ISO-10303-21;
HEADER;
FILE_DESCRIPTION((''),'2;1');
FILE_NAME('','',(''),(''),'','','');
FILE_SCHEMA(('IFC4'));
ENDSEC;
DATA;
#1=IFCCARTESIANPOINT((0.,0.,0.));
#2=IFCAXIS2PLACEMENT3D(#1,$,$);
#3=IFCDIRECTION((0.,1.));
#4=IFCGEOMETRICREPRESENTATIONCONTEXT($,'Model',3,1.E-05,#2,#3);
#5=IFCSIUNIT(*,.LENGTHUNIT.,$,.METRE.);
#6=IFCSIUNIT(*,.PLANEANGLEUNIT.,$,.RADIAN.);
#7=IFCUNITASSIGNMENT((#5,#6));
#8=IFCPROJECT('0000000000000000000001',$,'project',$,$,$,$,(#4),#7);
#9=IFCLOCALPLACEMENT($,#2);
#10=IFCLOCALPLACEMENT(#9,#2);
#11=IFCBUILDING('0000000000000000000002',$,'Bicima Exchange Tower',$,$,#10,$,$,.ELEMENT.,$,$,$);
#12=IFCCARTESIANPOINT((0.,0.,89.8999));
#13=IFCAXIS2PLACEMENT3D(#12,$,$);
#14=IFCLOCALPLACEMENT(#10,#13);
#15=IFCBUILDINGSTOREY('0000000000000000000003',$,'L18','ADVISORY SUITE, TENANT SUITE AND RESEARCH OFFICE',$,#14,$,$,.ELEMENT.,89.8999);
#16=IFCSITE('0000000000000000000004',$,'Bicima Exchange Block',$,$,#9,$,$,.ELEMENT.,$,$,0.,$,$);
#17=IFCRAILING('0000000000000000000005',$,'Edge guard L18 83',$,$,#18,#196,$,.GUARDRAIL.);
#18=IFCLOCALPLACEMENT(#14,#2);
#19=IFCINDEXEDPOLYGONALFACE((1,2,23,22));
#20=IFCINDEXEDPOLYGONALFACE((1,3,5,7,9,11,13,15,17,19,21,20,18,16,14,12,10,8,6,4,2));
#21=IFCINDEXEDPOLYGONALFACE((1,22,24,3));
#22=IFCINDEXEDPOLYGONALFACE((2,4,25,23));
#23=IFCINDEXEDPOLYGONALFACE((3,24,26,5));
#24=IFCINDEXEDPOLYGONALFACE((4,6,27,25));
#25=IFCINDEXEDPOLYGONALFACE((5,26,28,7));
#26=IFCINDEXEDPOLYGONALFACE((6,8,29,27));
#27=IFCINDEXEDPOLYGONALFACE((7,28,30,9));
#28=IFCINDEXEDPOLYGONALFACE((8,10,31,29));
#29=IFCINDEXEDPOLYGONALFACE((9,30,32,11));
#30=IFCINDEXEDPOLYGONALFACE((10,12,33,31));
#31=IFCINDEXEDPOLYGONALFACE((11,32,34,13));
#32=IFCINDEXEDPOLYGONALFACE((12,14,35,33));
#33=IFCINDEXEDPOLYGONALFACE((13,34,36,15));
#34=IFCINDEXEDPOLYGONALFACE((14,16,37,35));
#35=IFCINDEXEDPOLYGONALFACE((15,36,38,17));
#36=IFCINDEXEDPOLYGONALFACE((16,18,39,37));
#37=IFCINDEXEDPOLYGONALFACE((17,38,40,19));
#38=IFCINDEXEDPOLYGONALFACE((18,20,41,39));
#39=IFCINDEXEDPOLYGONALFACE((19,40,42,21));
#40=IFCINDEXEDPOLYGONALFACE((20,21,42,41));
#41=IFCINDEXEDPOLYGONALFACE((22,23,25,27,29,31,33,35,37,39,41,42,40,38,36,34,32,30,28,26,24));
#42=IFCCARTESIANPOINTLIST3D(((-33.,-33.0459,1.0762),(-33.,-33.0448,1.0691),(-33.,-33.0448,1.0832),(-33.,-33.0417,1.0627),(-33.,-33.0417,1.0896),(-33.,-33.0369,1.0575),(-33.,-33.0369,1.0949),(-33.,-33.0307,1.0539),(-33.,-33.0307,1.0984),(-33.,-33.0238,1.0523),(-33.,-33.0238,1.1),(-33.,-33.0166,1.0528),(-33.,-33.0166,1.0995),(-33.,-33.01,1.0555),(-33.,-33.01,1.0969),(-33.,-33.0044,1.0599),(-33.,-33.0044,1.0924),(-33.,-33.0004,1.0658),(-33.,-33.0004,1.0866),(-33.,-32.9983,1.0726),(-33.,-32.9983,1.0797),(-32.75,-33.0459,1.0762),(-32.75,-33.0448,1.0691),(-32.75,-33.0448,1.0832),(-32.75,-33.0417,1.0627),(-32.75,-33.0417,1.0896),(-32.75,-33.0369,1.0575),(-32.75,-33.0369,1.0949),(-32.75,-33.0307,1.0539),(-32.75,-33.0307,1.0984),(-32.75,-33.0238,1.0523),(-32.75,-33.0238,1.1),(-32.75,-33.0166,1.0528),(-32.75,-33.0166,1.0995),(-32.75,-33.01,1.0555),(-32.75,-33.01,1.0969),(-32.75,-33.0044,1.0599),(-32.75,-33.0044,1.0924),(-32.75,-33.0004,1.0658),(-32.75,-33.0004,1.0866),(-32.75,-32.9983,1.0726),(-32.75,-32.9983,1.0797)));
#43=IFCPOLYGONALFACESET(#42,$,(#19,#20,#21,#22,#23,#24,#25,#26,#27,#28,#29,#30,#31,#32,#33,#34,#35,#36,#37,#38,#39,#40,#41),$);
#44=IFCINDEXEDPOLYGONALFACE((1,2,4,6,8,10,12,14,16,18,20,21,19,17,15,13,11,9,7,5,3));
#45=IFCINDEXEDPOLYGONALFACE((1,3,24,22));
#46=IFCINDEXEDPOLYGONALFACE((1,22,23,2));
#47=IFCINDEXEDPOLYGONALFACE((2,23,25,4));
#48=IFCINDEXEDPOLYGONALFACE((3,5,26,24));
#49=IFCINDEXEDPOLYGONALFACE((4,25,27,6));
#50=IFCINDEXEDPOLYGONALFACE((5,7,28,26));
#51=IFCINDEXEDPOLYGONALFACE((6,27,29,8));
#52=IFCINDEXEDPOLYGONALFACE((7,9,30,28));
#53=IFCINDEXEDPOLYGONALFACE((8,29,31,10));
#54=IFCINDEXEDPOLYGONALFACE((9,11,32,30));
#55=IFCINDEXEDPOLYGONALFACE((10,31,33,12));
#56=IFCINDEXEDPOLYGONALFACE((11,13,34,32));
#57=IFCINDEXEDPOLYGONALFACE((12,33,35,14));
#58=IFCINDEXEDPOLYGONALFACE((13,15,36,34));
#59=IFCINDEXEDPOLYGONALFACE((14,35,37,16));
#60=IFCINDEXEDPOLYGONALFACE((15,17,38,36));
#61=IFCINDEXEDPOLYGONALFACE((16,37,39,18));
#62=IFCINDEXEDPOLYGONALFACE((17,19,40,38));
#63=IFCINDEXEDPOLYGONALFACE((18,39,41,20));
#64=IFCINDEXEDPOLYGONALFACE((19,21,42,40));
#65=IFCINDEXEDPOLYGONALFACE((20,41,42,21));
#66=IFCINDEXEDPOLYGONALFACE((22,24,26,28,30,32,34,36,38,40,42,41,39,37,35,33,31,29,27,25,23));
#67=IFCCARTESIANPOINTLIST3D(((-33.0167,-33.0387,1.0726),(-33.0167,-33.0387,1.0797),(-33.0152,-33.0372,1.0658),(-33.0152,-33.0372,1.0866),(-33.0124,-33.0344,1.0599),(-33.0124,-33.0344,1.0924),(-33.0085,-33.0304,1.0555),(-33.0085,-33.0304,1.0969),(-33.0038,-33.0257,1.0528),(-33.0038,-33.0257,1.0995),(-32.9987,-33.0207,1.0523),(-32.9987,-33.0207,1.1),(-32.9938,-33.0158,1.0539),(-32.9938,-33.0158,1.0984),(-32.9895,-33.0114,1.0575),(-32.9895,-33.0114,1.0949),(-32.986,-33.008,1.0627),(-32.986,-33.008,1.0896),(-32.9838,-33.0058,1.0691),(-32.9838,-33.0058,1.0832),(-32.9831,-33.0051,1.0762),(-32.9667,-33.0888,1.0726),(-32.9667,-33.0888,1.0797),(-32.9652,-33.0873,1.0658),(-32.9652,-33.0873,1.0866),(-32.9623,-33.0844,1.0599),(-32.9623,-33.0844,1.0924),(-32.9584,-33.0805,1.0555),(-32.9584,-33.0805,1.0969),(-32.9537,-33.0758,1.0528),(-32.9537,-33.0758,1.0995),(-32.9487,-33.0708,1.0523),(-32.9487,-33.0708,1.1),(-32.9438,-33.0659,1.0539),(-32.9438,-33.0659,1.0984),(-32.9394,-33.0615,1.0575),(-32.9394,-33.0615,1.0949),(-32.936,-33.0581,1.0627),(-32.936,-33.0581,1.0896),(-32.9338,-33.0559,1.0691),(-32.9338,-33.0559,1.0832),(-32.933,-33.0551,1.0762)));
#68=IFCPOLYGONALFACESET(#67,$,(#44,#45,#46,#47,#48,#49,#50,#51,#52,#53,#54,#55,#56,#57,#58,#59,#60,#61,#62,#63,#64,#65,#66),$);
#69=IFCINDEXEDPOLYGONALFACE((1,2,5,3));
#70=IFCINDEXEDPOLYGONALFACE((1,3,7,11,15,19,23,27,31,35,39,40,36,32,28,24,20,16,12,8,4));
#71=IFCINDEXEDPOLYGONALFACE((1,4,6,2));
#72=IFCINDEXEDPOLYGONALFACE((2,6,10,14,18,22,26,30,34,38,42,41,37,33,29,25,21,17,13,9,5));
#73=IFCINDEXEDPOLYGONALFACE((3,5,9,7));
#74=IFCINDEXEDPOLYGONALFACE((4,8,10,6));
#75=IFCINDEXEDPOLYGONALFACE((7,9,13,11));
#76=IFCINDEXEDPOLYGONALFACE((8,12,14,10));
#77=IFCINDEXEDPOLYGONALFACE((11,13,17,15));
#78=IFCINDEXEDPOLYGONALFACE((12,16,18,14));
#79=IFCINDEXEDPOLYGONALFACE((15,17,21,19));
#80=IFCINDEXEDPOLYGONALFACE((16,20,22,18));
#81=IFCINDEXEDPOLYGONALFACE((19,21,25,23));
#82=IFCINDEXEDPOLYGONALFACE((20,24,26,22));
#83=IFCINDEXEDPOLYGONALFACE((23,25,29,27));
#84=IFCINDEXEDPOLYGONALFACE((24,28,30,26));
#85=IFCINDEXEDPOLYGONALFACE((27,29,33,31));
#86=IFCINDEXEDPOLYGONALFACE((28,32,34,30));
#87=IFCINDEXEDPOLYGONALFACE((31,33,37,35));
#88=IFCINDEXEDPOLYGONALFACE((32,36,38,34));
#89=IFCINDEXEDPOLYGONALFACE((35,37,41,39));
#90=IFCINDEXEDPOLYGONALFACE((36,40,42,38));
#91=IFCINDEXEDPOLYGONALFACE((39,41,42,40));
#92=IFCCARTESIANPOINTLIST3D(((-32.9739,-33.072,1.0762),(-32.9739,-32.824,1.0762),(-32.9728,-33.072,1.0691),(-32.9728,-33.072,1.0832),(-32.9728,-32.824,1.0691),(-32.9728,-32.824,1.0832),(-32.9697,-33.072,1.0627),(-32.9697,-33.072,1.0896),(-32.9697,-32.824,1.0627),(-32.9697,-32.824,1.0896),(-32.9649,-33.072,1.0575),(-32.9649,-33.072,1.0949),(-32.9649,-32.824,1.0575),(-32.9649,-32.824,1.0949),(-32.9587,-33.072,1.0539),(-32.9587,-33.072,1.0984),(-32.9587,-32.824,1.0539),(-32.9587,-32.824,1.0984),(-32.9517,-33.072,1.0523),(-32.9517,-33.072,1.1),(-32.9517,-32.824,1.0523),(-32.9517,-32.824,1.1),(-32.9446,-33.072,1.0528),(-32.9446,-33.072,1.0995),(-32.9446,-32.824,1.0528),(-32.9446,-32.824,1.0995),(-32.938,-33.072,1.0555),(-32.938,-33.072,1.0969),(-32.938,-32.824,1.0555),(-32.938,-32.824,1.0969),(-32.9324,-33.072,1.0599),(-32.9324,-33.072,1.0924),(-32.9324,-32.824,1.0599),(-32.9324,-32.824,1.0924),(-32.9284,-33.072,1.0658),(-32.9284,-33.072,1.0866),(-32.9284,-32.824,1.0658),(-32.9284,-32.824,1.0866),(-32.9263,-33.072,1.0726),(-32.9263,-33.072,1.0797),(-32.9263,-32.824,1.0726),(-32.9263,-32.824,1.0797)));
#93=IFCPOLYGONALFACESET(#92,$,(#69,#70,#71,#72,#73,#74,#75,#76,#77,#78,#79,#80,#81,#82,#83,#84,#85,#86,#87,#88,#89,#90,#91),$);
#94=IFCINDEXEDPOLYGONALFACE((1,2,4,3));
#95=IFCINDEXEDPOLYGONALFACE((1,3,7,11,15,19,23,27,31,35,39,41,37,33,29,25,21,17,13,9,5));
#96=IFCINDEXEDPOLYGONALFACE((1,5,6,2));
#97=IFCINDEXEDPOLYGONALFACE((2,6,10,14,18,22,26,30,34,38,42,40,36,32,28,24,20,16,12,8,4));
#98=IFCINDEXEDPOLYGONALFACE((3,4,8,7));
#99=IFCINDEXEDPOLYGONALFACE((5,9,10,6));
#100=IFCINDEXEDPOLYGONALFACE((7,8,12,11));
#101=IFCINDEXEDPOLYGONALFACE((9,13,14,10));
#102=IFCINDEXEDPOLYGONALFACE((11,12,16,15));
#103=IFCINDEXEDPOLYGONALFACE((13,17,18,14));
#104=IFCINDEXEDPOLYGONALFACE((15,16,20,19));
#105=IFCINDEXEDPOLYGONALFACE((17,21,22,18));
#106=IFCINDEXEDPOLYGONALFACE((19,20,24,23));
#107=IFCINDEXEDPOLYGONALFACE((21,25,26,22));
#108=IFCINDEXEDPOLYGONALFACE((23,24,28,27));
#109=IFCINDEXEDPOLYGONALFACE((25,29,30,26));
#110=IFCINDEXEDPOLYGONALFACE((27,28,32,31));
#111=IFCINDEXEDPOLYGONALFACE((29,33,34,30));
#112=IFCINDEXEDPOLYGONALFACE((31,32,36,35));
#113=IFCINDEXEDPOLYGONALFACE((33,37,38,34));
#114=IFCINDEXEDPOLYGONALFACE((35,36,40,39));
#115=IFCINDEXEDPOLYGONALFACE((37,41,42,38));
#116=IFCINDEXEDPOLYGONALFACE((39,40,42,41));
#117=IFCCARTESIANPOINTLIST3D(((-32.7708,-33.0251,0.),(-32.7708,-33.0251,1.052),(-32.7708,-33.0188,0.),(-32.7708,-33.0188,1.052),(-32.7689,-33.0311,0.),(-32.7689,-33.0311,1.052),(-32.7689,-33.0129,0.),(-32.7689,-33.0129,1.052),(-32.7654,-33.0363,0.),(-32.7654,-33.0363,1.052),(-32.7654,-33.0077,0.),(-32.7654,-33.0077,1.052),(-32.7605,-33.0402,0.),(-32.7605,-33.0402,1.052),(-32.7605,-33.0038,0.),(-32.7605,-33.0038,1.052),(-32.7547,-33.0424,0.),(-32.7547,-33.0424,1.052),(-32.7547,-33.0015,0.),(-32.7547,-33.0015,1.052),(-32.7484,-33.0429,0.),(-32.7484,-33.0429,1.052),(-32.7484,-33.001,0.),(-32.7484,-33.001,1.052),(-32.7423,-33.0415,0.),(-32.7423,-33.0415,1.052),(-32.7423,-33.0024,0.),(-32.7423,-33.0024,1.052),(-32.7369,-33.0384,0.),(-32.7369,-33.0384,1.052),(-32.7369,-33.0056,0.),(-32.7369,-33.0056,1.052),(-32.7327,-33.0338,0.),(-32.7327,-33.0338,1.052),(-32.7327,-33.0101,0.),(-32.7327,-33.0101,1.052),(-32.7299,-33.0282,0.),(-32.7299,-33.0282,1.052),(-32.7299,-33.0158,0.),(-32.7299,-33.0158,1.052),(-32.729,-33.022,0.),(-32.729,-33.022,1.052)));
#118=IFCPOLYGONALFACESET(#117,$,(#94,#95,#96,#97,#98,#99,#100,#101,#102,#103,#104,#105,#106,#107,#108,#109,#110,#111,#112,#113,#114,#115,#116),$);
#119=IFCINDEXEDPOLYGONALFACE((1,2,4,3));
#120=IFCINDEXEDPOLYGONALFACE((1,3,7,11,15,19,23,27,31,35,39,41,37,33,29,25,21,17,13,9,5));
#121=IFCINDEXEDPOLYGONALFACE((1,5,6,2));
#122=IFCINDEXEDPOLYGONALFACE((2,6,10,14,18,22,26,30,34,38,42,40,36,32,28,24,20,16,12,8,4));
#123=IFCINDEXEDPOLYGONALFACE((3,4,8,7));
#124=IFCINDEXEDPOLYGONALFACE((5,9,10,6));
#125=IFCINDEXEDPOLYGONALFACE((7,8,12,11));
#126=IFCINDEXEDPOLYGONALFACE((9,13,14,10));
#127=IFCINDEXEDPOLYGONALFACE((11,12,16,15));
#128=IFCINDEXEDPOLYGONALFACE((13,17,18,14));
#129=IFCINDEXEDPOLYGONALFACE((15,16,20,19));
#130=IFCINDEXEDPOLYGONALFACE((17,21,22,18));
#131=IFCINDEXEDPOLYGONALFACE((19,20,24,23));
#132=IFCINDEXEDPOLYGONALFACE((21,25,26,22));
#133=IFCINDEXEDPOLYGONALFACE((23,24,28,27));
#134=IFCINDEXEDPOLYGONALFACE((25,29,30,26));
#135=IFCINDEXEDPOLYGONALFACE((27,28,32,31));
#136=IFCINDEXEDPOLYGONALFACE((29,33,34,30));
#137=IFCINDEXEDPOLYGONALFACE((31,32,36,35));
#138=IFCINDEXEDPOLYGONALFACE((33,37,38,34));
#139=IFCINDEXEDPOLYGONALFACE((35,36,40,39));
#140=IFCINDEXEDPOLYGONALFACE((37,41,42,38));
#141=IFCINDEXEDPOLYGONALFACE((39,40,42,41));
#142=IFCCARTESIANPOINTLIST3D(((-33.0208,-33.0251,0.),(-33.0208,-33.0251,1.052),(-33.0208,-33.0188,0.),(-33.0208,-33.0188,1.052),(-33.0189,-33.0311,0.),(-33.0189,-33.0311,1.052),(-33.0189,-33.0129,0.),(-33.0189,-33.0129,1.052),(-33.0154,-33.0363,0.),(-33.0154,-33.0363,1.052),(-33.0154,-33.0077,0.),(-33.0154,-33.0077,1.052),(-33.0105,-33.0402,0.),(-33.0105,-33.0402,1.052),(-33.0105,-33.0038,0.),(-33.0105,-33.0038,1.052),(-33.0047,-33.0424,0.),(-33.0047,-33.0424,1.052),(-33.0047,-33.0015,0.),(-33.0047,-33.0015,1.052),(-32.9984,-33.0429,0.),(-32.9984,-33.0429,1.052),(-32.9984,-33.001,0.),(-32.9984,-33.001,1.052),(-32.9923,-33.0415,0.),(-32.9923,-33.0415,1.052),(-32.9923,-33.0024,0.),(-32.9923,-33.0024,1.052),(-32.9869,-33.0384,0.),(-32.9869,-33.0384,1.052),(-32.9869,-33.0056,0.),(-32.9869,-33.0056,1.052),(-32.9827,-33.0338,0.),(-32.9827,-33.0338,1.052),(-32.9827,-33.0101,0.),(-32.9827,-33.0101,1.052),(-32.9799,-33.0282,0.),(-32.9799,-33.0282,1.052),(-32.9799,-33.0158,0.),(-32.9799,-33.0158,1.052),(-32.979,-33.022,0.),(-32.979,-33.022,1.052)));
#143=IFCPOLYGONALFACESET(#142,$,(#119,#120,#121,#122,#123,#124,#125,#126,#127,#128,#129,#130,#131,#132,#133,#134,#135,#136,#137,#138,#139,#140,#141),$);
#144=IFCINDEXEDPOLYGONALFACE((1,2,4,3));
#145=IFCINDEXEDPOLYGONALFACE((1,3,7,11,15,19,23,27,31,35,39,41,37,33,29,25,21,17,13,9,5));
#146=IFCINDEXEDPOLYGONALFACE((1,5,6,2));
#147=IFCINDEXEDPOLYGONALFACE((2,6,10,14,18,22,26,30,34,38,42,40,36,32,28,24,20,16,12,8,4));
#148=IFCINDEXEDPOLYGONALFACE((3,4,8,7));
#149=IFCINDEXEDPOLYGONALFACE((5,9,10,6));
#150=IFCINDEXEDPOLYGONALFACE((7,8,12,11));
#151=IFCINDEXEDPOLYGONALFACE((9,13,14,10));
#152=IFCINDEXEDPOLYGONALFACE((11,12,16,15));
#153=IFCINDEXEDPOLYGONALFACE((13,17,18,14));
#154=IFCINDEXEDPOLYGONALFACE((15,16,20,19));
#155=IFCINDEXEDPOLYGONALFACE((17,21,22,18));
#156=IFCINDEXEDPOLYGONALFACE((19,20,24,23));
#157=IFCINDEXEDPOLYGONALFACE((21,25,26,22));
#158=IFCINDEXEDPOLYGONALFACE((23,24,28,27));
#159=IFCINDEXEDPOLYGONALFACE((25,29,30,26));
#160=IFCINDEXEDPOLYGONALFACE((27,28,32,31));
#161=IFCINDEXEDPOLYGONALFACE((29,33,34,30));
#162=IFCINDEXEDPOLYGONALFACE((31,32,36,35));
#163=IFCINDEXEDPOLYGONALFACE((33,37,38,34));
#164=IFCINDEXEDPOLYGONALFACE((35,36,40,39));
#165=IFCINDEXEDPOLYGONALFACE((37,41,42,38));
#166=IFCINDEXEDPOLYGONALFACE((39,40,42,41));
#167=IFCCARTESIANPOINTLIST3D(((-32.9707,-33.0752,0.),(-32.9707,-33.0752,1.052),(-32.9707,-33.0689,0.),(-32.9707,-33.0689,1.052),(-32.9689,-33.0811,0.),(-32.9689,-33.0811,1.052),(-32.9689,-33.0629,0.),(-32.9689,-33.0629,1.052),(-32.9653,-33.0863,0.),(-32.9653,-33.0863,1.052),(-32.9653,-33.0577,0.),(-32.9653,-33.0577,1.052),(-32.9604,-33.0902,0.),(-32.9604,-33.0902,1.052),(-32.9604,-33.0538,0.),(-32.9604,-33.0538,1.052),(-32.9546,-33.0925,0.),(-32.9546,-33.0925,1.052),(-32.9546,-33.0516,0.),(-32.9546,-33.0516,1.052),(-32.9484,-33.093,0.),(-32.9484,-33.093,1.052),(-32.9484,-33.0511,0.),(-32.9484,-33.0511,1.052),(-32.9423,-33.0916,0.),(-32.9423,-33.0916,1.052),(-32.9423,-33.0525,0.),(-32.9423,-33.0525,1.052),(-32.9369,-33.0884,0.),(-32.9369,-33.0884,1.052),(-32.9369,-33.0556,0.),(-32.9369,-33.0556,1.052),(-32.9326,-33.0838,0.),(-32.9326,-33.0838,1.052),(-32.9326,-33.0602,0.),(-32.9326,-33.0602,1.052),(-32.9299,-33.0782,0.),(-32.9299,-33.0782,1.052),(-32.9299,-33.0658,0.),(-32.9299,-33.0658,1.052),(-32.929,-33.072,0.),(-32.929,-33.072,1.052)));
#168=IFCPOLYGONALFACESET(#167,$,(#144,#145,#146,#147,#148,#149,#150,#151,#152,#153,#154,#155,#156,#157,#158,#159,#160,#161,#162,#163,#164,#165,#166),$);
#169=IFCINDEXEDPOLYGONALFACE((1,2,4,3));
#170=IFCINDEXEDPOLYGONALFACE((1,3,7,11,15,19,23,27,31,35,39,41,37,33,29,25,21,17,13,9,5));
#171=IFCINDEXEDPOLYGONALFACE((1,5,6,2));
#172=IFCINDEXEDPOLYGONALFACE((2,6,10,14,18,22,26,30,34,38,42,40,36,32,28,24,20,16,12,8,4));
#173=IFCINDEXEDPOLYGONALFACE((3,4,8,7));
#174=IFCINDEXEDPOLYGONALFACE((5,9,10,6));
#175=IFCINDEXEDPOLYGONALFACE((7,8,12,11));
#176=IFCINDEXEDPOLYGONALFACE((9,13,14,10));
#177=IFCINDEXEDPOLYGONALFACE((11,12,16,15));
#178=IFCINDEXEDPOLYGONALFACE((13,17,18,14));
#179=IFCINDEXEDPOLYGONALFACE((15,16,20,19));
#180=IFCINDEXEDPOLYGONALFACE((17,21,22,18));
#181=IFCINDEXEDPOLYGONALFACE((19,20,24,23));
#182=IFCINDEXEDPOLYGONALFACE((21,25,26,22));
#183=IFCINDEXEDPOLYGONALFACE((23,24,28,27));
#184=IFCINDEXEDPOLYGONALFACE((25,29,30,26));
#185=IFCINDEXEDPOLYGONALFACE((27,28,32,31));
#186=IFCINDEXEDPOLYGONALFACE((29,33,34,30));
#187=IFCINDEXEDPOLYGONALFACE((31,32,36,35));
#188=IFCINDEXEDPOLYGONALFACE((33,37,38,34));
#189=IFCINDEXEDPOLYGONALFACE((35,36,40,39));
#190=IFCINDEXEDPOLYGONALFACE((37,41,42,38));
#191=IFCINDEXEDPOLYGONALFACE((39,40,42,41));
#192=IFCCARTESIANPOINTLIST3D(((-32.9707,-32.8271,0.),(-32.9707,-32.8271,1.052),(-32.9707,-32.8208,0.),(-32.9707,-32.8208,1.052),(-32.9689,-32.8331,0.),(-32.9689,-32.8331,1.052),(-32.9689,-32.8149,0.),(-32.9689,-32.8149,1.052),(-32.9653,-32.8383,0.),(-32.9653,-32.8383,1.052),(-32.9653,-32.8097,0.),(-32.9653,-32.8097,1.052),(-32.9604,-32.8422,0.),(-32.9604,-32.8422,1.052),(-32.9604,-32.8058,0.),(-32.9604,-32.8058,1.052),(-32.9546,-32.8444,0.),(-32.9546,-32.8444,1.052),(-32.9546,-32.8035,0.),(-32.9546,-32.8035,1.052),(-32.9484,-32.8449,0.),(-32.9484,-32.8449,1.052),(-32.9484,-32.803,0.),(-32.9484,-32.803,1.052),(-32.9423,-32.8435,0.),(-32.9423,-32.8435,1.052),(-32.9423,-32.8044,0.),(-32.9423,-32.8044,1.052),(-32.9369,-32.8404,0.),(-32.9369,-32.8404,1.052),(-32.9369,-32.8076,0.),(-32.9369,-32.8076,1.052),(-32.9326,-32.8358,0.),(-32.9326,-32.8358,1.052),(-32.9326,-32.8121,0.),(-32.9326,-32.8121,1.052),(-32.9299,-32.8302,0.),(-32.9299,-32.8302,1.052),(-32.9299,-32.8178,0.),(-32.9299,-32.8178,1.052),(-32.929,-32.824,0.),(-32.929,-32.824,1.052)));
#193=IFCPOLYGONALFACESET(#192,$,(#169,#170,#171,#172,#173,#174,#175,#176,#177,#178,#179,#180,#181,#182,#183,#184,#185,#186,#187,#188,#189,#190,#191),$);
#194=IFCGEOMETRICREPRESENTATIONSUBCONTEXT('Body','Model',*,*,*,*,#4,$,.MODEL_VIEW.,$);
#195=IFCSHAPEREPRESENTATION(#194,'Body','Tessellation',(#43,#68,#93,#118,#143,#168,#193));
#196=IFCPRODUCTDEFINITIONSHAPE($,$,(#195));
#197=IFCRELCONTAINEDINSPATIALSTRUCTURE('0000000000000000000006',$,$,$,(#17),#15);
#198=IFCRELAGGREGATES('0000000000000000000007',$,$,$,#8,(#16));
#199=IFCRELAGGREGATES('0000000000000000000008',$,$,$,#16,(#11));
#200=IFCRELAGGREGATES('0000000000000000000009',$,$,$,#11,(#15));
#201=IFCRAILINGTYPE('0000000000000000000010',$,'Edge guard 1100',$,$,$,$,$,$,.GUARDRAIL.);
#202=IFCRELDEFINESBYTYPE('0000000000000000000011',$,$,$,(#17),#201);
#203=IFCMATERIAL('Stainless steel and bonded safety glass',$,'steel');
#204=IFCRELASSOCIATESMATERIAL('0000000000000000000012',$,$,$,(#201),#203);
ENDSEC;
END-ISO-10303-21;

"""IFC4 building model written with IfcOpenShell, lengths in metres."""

from ifc_helpers import new_model, si_unit, direction, frame, origin, origin_2d, place, context, subcontext, project, spatial, circle, extrude, material, type_object, element, save


model = new_model("IFC4")

# Units and contexts
model_context = context("Model", 3, precision=1e-05, world=origin(), true_north=direction((0.0, 1.0)))
body_context = subcontext(model_context, "Body", "Model", "MODEL_VIEW")
ifc_project = project(units=[si_unit("LENGTHUNIT", "METRE"), si_unit("PLANEANGLEUNIT", "RADIAN")], contexts=[model_context])

# Site, building, storey
site_placement = place(None, origin())
site = spatial("IfcSite", under=ifc_project, at=site_placement, Name="Bicima Exchange Block", CompositionType="ELEMENT", RefElevation=0.0)
building_placement = place(site_placement, origin())
building = spatial("IfcBuilding", under=site, at=building_placement, Name="Bicima Exchange Tower", CompositionType="ELEMENT")
storey_placement = place(building_placement, frame((0.0, 0.0, 89.8999)))
storey = spatial("IfcBuildingStorey", under=building, at=storey_placement, Name="L18", Description="ADVISORY SUITE, TENANT SUITE AND RESEARCH OFFICE", CompositionType="ELEMENT", Elevation=89.8999)

# Railing
ifc_material_1 = material(Name="Stainless steel and bonded safety glass", Category="steel")
railing_type = type_object("IfcRailingType", Name="Edge guard 1100", PredefinedType="GUARDRAIL", material=ifc_material_1)
railing_1_placement = place(storey_placement, frame((-32.75, -33.022, 0.0)))
element("IfcRailing", 1, at=railing_1_placement, inside=storey, type_object=railing_type, Name="Edge guard L18 83", PredefinedType="GUARDRAIL", context=body_context, shape_type="SweptSolid", body=[
    extrude(circle(Radius=0.0239, at=origin_2d()), frame((0.0, 0.0, 1.0762), z_axis=(-1.0, 0.0, 0.0), x_axis=(0.0, -1.0, 0.0)), (0.0, 0.0, 1.0), 0.25),
    extrude(circle(Radius=0.0239, at=origin_2d()), frame((-0.25, 0.0, 1.0762), z_axis=(0.707107, -0.707107, 0.0), x_axis=(0.707107, 0.707107, 0.0)), (0.0, 0.0, 1.0), 0.0708),
    extrude(circle(Radius=0.0239, at=origin_2d()), frame((-0.2, -0.05, 1.0762), z_axis=(0.0, 1.0, 0.0), x_axis=(-1.0, 0.0, 0.0)), (0.0, 0.0, 1.0), 0.248),
    extrude(circle(Radius=0.021, at=origin_2d()), origin(), (0.0, 0.0, 1.0), 1.052),
    extrude(circle(Radius=0.021, at=origin_2d()), frame((-0.25, 0.0, 0.0)), (0.0, 0.0, 1.0), 1.052),
    extrude(circle(Radius=0.021, at=origin_2d()), frame((-0.2, -0.05, 0.0)), (0.0, 0.0, 1.0), 1.052),
    extrude(circle(Radius=0.021, at=origin_2d()), frame((-0.2, 0.198, 0.0)), (0.0, 0.0, 1.0), 1.052),
])

save(model, "model.ifc")
